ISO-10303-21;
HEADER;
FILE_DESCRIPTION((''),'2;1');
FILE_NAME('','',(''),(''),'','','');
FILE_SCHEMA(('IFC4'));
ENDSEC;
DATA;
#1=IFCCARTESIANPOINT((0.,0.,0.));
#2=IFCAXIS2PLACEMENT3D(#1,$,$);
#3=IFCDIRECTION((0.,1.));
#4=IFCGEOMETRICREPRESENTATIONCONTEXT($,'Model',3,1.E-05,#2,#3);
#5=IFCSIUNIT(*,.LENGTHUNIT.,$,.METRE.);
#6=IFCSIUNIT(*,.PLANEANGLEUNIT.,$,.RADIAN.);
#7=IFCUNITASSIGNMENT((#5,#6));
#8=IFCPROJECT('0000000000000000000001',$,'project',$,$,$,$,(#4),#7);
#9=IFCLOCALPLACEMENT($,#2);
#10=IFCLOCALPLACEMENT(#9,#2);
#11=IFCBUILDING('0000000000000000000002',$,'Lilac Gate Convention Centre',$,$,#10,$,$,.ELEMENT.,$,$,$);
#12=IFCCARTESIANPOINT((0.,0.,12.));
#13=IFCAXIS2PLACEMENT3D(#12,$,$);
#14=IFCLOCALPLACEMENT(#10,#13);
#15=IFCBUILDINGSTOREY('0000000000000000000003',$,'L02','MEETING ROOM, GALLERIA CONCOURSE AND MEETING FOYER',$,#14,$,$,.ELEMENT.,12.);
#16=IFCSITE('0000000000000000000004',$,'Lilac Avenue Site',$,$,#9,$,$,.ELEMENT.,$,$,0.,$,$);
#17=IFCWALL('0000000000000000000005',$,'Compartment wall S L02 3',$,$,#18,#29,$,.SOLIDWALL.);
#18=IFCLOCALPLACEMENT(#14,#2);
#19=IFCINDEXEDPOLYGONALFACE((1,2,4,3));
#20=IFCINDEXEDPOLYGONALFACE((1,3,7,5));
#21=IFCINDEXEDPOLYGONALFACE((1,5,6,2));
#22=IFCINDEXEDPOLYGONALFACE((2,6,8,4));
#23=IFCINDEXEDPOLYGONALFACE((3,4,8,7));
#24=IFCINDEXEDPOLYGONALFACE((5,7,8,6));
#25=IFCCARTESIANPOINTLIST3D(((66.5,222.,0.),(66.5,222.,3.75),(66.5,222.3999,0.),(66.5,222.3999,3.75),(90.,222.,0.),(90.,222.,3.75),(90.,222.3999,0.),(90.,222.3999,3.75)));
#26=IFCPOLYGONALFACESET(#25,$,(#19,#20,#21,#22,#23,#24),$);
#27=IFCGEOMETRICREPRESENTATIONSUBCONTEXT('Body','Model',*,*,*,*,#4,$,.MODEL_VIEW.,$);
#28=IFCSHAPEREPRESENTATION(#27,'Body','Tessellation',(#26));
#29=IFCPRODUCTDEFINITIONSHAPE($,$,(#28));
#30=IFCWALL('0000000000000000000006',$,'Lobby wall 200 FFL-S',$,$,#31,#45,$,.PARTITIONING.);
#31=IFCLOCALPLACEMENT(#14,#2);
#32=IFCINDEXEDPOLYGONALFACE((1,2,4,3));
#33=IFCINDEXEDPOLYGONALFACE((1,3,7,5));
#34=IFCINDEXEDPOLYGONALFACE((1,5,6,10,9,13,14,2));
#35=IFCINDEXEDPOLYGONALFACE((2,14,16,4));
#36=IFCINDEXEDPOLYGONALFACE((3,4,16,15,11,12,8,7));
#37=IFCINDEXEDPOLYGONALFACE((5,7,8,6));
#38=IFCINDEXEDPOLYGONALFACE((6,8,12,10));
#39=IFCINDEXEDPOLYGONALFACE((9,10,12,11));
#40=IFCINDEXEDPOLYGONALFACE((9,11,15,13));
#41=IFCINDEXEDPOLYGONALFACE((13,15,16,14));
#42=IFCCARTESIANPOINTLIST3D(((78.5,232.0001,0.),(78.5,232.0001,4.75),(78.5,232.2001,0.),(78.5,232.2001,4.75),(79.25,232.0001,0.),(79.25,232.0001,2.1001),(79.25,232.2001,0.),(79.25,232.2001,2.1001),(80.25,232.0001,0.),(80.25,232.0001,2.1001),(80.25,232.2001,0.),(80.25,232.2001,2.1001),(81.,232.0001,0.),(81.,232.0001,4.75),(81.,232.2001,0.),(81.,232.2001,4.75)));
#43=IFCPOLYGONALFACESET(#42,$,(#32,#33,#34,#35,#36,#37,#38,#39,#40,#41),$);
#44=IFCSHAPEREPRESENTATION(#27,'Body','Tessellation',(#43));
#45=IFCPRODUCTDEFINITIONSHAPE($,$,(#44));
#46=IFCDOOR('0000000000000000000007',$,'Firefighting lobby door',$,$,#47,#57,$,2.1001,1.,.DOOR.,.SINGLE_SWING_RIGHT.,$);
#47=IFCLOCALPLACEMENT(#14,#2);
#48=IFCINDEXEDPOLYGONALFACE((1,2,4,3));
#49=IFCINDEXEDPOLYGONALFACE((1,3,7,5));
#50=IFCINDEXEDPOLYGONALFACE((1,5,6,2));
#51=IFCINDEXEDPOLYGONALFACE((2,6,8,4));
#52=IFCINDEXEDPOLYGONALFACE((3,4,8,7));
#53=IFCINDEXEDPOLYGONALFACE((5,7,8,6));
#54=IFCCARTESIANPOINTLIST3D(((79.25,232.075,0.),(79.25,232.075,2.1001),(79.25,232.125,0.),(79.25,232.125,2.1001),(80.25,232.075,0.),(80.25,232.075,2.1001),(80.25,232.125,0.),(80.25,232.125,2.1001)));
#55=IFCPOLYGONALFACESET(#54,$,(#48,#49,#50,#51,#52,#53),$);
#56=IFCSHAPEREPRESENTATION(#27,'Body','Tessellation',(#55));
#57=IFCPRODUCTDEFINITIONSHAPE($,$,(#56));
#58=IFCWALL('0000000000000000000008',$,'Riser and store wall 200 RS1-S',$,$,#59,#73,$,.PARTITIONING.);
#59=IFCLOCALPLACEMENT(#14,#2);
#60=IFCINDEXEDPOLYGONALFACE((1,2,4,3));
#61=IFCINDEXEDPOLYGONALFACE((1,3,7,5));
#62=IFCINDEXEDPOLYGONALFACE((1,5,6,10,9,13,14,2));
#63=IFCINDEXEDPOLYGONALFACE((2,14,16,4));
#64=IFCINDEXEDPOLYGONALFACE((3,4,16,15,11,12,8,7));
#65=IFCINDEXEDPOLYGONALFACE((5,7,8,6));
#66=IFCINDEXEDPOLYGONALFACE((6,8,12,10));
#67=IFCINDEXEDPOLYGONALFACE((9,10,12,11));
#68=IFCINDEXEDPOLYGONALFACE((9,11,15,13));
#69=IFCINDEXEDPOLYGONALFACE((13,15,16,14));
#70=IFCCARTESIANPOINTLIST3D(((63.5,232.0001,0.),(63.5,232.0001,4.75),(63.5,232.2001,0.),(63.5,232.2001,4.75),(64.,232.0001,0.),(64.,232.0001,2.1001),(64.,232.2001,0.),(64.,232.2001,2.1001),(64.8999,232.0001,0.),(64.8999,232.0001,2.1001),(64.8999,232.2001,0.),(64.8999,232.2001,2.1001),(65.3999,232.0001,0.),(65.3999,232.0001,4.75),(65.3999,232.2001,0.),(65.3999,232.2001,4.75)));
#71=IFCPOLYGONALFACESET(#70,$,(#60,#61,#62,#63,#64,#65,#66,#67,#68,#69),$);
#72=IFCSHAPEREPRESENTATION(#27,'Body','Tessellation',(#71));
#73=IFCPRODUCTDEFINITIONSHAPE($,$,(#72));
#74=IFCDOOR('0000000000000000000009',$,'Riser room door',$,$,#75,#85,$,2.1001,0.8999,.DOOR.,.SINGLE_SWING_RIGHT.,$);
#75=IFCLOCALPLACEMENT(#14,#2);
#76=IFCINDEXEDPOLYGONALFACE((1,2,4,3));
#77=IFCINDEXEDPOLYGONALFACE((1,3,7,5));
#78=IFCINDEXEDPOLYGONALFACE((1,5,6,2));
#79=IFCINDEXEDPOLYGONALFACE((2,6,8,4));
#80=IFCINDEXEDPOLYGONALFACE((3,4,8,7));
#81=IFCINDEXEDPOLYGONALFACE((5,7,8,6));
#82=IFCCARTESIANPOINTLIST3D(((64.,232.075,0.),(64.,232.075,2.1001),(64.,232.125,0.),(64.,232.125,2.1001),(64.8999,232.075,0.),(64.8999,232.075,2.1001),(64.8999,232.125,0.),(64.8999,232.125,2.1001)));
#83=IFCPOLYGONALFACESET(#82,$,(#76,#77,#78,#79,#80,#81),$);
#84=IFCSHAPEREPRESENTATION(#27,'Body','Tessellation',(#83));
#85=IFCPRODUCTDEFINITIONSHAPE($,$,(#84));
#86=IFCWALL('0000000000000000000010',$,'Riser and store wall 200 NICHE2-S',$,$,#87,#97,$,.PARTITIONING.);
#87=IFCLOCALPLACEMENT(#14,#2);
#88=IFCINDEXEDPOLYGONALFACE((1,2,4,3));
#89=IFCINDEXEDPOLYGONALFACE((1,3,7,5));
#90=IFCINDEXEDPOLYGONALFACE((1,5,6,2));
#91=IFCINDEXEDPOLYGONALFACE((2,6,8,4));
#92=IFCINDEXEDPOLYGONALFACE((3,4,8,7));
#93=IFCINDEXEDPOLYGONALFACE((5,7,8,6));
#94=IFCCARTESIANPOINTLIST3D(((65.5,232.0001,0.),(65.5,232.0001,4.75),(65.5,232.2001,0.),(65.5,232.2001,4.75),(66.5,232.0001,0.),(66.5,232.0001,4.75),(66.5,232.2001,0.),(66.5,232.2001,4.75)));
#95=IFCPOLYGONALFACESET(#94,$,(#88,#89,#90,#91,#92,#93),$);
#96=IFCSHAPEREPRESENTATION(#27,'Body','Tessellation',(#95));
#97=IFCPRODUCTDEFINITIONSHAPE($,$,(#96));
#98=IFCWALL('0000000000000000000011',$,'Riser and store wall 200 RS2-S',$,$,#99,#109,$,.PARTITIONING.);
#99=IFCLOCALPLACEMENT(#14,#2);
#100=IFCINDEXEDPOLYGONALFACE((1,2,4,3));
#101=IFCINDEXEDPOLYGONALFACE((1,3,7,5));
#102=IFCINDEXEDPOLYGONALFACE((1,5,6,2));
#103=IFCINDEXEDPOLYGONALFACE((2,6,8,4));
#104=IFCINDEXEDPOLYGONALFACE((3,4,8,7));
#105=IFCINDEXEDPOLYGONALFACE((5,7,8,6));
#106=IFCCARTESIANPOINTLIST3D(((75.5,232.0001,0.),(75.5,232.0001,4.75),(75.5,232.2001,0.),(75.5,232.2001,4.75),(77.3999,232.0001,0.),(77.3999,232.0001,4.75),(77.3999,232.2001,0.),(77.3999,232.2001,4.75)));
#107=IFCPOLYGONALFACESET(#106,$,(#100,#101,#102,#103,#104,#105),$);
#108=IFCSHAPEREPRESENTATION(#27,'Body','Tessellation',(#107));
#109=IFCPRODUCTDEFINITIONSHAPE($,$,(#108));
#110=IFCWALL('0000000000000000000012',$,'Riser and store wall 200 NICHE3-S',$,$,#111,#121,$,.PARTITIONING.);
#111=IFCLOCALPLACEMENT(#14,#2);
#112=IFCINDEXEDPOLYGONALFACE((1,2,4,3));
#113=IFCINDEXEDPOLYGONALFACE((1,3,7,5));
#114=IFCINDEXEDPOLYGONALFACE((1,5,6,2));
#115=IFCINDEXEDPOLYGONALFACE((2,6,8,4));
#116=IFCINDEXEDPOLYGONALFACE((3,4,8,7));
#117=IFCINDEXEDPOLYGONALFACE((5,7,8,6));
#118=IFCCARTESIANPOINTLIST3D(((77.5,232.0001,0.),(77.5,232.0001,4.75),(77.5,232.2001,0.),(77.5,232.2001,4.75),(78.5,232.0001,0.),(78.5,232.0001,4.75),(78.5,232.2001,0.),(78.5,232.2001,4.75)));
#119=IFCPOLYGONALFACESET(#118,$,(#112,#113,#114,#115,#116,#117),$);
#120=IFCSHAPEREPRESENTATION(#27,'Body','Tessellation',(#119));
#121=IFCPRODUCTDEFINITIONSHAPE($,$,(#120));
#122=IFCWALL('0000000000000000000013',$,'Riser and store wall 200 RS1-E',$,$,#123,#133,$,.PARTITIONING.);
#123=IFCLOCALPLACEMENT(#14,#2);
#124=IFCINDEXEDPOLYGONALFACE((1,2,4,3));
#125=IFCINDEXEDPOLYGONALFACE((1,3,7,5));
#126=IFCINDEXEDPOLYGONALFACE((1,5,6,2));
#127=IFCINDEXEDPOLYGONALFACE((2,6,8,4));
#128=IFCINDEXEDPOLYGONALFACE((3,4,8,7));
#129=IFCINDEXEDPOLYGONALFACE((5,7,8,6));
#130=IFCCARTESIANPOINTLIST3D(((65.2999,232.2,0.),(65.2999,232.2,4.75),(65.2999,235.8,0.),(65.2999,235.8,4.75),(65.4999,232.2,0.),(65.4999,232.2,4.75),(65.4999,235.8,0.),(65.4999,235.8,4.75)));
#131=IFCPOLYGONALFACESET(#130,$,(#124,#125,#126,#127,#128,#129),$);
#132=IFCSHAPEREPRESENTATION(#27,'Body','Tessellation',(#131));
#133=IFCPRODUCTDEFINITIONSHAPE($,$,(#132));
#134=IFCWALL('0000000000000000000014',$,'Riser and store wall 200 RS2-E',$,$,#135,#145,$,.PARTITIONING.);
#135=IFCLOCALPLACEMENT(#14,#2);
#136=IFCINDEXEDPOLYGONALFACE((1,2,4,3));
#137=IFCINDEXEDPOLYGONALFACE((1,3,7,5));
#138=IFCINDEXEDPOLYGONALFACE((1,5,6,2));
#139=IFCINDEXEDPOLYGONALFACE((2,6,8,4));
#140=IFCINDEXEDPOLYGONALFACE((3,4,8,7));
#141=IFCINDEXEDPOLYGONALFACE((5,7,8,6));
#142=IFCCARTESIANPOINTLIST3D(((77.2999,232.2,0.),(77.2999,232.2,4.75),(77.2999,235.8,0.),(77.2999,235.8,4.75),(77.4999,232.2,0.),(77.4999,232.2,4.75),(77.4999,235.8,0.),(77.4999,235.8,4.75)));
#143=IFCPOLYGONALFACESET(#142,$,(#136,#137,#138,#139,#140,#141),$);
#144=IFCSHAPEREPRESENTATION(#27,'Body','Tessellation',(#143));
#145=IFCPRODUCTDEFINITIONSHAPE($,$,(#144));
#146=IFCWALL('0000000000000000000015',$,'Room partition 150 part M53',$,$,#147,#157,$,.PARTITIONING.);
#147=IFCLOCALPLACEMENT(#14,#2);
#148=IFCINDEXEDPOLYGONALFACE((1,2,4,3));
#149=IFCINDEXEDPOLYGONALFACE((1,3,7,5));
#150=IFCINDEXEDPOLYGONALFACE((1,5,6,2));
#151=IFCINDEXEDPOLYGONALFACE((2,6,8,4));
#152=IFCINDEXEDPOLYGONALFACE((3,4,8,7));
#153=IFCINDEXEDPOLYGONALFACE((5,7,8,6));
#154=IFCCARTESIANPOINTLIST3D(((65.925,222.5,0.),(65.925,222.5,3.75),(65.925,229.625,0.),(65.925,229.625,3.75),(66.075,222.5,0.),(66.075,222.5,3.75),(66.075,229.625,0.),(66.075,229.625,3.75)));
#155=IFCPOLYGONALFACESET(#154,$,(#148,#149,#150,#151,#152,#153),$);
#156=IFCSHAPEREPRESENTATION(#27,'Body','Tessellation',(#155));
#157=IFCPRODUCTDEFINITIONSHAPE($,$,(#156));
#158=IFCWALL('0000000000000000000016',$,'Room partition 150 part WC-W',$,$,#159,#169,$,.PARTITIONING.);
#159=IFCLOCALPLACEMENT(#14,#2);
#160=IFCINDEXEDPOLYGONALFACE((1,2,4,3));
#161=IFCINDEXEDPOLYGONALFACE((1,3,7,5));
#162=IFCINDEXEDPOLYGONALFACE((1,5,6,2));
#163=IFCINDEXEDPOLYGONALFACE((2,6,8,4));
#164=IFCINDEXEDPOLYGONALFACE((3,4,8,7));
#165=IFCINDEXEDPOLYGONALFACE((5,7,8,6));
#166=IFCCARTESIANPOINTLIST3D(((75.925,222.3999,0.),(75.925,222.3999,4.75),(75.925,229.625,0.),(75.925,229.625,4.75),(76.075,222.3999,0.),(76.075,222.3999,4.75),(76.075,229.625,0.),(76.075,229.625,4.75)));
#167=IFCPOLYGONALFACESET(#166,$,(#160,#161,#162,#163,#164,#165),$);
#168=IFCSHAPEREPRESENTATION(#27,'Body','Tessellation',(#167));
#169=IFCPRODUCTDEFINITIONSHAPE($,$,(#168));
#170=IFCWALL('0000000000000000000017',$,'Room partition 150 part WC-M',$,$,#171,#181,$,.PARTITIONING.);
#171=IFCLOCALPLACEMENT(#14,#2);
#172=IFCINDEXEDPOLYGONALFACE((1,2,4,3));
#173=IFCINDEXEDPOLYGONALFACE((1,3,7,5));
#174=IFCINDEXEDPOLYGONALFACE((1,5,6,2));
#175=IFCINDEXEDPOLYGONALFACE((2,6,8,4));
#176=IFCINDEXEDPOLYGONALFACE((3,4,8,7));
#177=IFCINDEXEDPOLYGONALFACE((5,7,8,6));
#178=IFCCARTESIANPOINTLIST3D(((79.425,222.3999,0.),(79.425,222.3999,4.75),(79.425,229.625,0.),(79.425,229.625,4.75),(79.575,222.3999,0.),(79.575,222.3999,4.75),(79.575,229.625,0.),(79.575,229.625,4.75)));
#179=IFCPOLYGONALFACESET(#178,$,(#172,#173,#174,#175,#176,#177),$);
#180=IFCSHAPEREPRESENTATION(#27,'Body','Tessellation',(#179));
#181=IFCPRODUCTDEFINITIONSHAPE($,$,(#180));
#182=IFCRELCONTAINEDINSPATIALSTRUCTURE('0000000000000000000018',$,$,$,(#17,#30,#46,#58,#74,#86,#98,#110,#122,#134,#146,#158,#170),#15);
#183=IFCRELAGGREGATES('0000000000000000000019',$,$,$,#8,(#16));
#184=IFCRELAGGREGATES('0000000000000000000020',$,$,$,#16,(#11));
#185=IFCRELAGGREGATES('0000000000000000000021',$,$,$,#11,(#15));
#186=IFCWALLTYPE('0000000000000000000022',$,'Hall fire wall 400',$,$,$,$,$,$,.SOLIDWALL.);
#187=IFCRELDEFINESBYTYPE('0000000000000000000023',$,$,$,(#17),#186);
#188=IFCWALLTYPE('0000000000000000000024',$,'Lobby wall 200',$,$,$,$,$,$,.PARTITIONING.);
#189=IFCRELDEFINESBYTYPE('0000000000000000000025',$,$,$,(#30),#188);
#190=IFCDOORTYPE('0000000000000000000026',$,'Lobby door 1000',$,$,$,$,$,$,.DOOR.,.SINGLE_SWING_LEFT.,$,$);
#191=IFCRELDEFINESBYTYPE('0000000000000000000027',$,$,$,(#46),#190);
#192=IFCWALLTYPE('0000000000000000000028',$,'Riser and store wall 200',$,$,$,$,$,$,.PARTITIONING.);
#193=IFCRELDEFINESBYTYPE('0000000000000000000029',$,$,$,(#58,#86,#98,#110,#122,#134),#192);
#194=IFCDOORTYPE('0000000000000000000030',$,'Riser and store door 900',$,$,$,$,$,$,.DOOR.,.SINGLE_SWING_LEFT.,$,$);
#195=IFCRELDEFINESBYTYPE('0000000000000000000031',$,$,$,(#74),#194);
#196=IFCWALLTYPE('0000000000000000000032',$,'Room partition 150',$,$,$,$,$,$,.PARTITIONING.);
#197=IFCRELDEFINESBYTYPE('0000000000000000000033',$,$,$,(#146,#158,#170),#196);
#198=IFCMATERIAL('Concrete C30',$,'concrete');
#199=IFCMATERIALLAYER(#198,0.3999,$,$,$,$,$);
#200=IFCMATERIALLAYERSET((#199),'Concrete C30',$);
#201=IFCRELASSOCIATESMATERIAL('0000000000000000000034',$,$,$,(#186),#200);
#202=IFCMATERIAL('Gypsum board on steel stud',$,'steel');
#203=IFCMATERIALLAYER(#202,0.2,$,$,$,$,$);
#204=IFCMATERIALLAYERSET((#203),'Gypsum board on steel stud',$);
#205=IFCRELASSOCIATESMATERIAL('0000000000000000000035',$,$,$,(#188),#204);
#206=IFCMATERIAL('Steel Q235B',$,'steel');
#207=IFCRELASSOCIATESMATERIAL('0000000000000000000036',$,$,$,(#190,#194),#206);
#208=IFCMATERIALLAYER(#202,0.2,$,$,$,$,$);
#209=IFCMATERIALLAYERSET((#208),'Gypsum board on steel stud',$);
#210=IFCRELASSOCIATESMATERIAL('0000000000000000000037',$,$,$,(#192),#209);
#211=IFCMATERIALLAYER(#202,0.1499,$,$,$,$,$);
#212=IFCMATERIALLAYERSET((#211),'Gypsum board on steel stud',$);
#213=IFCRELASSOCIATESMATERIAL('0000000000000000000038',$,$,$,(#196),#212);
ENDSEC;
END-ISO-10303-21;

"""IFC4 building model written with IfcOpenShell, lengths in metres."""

from ifc_helpers import new_model, si_unit, direction, frame, frame_2d, origin, place, context, subcontext, project, spatial, rectangle, extrude, material, layer, layer_set, type_object, element, fill, save


model = new_model("IFC4")

# Units and contexts
model_context = context("Model", 3, precision=1e-05, world=origin(), true_north=direction((0.0, 1.0)))
body_context = subcontext(model_context, "Body", "Model", "MODEL_VIEW")
ifc_project = project(units=[si_unit("LENGTHUNIT", "METRE"), si_unit("PLANEANGLEUNIT", "RADIAN")], contexts=[model_context])

# Site, building, storey
site_placement = place(None, origin())
site = spatial("IfcSite", under=ifc_project, at=site_placement, Name="Lilac Avenue Site", CompositionType="ELEMENT", RefElevation=0.0)
building_placement = place(site_placement, origin())
building = spatial("IfcBuilding", under=site, at=building_placement, Name="Lilac Gate Convention Centre", CompositionType="ELEMENT")
storey_placement = place(building_placement, frame((0.0, 0.0, 12.0)))
storey = spatial("IfcBuildingStorey", under=building, at=storey_placement, Name="L02", Description="MEETING ROOM, GALLERIA CONCOURSE AND MEETING FOYER", CompositionType="ELEMENT", Elevation=12.0)

# Shared definitions
ifc_material_1 = material(Name="Gypsum board on steel stud", Category="steel")

# Wall
ifc_material_2 = material(Name="Concrete C30", Category="concrete")
ifc_layer_1 = layer(ifc_material_2, 0.3999)
ifc_layer_set_1 = layer_set([ifc_layer_1], Name="Concrete C30")
wall_type_1 = type_object("IfcWallType", Name="Hall fire wall 400", PredefinedType="SOLIDWALL", material=ifc_layer_set_1)
wall_1_placement = place(storey_placement, frame((66.5, 222.2, 0.0), z_axis=(0.0, 0.0, 1.0), x_axis=(1.0, 0.0, 0.0)))
element("IfcWall", 1, at=wall_1_placement, inside=storey, type_object=wall_type_1, Name="Compartment wall S L02 3", PredefinedType="SOLIDWALL", context=body_context, shape_type="SweptSolid", body=[
    extrude(rectangle(XDim=23.5, YDim=0.3999, at=frame_2d((11.75, 0.0))), origin(), (0.0, 0.0, 1.0), 3.75),
])

# Walls, openings, doors
ifc_layer_2 = layer(ifc_material_1, 0.2)
ifc_layer_set_2 = layer_set([ifc_layer_2], Name="Gypsum board on steel stud")
wall_type_2 = type_object("IfcWallType", Name="Lobby wall 200", PredefinedType="PARTITIONING", material=ifc_layer_set_2)
wall_2_placement = place(storey_placement, frame((78.5, 232.1001, 0.0), z_axis=(0.0, 0.0, 1.0), x_axis=(1.0, 0.0, 0.0)))
wall_2 = element("IfcWall", 2, at=wall_2_placement, inside=storey, type_object=wall_type_2, Name="Lobby wall 200 FFL-S", PredefinedType="PARTITIONING", context=body_context, shape_type="SweptSolid", body=[
    extrude(rectangle(XDim=2.5, YDim=0.2, at=frame_2d((1.25, 0.0))), origin(), (0.0, 0.0, 1.0), 4.75),
])
opening_1_placement = place(wall_2_placement, frame((0.75, 0.0, 0.0)))
opening_1 = element("IfcOpeningElement", 3, at=opening_1_placement, cuts=wall_2, PredefinedType="OPENING", context=body_context, shape_type="SweptSolid", body=[
    extrude(rectangle(XDim=1.0, YDim=2.1001, at=frame_2d((0.5, 1.05))), frame((0.0, 0.1099, 0.0), z_axis=(0.0, -1.0, 0.0), x_axis=(1.0, 0.0, 0.0)), (0.0, 0.0, 1.0), 0.22),
])
ifc_material_3 = material(Name="Steel Q235B", Category="steel")
door_type_1 = type_object("IfcDoorType", Name="Lobby door 1000", OperationType="SINGLE_SWING_LEFT", PredefinedType="DOOR", material=ifc_material_3)
door_1_placement = place(opening_1_placement, origin())
door_1 = element("IfcDoor", 4, at=door_1_placement, inside=storey, type_object=door_type_1, Name="Firefighting lobby door", OperationType="SINGLE_SWING_RIGHT", OverallHeight=2.1001, OverallWidth=1.0, PredefinedType="DOOR", context=body_context, shape_type="SweptSolid", body=[
    extrude(rectangle(XDim=1.0, YDim=2.1001, at=frame_2d((0.5, 1.05))), frame((0.0, 0.0249, 0.0), z_axis=(0.0, -1.0, 0.0), x_axis=(1.0, 0.0, 0.0)), (0.0, 0.0, 1.0), 0.05),
])
fill(opening_1, door_1)
ifc_layer_3 = layer(ifc_material_1, 0.2)
ifc_layer_set_3 = layer_set([ifc_layer_3], Name="Gypsum board on steel stud")
wall_type_3 = type_object("IfcWallType", Name="Riser and store wall 200", PredefinedType="PARTITIONING", material=ifc_layer_set_3)
wall_3_placement = place(storey_placement, frame((63.5, 232.1001, 0.0), z_axis=(0.0, 0.0, 1.0), x_axis=(1.0, 0.0, 0.0)))
wall_3 = element("IfcWall", 5, at=wall_3_placement, inside=storey, type_object=wall_type_3, Name="Riser and store wall 200 RS1-S", PredefinedType="PARTITIONING", context=body_context, shape_type="SweptSolid", body=[
    extrude(rectangle(XDim=1.8999, YDim=0.2, at=frame_2d((0.95, 0.0))), origin(), (0.0, 0.0, 1.0), 4.75),
])
opening_2_placement = place(wall_3_placement, frame((0.5, 0.0, 0.0)))
opening_2 = element("IfcOpeningElement", 6, at=opening_2_placement, cuts=wall_3, PredefinedType="OPENING", context=body_context, shape_type="SweptSolid", body=[
    extrude(rectangle(XDim=0.8999, YDim=2.1001, at=frame_2d((0.45, 1.05))), frame((0.0, 0.1099, 0.0), z_axis=(0.0, -1.0, 0.0), x_axis=(1.0, 0.0, 0.0)), (0.0, 0.0, 1.0), 0.22),
])
door_type_2 = type_object("IfcDoorType", Name="Riser and store door 900", OperationType="SINGLE_SWING_LEFT", PredefinedType="DOOR", material=ifc_material_3)
door_2_placement = place(opening_2_placement, origin())
door_2 = element("IfcDoor", 7, at=door_2_placement, inside=storey, type_object=door_type_2, Name="Riser room door", OperationType="SINGLE_SWING_RIGHT", OverallHeight=2.1001, OverallWidth=0.8999, PredefinedType="DOOR", context=body_context, shape_type="SweptSolid", body=[
    extrude(rectangle(XDim=0.8999, YDim=2.1001, at=frame_2d((0.45, 1.05))), frame((0.0, 0.0249, 0.0), z_axis=(0.0, -1.0, 0.0), x_axis=(1.0, 0.0, 0.0)), (0.0, 0.0, 1.0), 0.05),
])
fill(opening_2, door_2)

# Walls
wall_4_placement = place(storey_placement, frame((65.5, 232.1001, 0.0), z_axis=(0.0, 0.0, 1.0), x_axis=(1.0, 0.0, 0.0)))
element("IfcWall", 8, at=wall_4_placement, inside=storey, type_object=wall_type_3, Name="Riser and store wall 200 NICHE2-S", PredefinedType="PARTITIONING", context=body_context, shape_type="SweptSolid", body=[
    extrude(rectangle(XDim=1.0, YDim=0.2, at=frame_2d((0.5, 0.0))), origin(), (0.0, 0.0, 1.0), 4.75),
])
wall_5_placement = place(storey_placement, frame((75.5, 232.1001, 0.0), z_axis=(0.0, 0.0, 1.0), x_axis=(1.0, 0.0, 0.0)))
element("IfcWall", 9, at=wall_5_placement, inside=storey, type_object=wall_type_3, Name="Riser and store wall 200 RS2-S", PredefinedType="PARTITIONING", context=body_context, shape_type="SweptSolid", body=[
    extrude(rectangle(XDim=1.8999, YDim=0.2, at=frame_2d((0.95, 0.0))), origin(), (0.0, 0.0, 1.0), 4.75),
])
wall_6_placement = place(storey_placement, frame((77.5, 232.1001, 0.0), z_axis=(0.0, 0.0, 1.0), x_axis=(1.0, 0.0, 0.0)))
element("IfcWall", 10, at=wall_6_placement, inside=storey, type_object=wall_type_3, Name="Riser and store wall 200 NICHE3-S", PredefinedType="PARTITIONING", context=body_context, shape_type="SweptSolid", body=[
    extrude(rectangle(XDim=1.0, YDim=0.2, at=frame_2d((0.5, 0.0))), origin(), (0.0, 0.0, 1.0), 4.75),
])
for number, where, z_axis, x_axis, name in (
    (11, (65.3999, 232.2, 0.0), (0.0, 0.0, 1.0), (0.0, 1.0, 0.0), "Riser and store wall 200 RS1-E"),
    (12, (77.3999, 232.2, 0.0), (0.0, 0.0, 1.0), (0.0, 1.0, 0.0), "Riser and store wall 200 RS2-E"),
):
    element("IfcWall", number, at=place(storey_placement, frame(where, z_axis=z_axis, x_axis=x_axis)), inside=storey, type_object=wall_type_3, Name=name, PredefinedType="PARTITIONING", context=body_context, shape_type="SweptSolid", body=[
        extrude(rectangle(XDim=3.6001, YDim=0.2, at=frame_2d((1.8, 0.0))), origin(), (0.0, 0.0, 1.0), 4.75),
    ])
ifc_layer_4 = layer(ifc_material_1, 0.1499)
ifc_layer_set_4 = layer_set([ifc_layer_4], Name="Gypsum board on steel stud")
wall_type_4 = type_object("IfcWallType", Name="Room partition 150", PredefinedType="PARTITIONING", material=ifc_layer_set_4)
wall_7_placement = place(storey_placement, frame((66.0, 222.5, 0.0), z_axis=(0.0, 0.0, 1.0), x_axis=(0.0, 1.0, 0.0)))
element("IfcWall", 13, at=wall_7_placement, inside=storey, type_object=wall_type_4, Name="Room partition 150 part M53", PredefinedType="PARTITIONING", context=body_context, shape_type="SweptSolid", body=[
    extrude(rectangle(XDim=7.125, YDim=0.1499, at=frame_2d((3.5625, 0.0))), origin(), (0.0, 0.0, 1.0), 3.75),
])
for number, where, z_axis, x_axis, name in (
    (14, (76.0, 222.3999, 0.0), (0.0, 0.0, 1.0), (0.0, 1.0, 0.0), "Room partition 150 part WC-W"),
    (15, (79.5, 222.3999, 0.0), (0.0, 0.0, 1.0), (0.0, 1.0, 0.0), "Room partition 150 part WC-M"),
):
    element("IfcWall", number, at=place(storey_placement, frame(where, z_axis=z_axis, x_axis=x_axis)), inside=storey, type_object=wall_type_4, Name=name, PredefinedType="PARTITIONING", context=body_context, shape_type="SweptSolid", body=[
        extrude(rectangle(XDim=7.2251, YDim=0.1499, at=frame_2d((3.6125, 0.0))), origin(), (0.0, 0.0, 1.0), 4.75),
    ])

save(model, "model.ifc")
